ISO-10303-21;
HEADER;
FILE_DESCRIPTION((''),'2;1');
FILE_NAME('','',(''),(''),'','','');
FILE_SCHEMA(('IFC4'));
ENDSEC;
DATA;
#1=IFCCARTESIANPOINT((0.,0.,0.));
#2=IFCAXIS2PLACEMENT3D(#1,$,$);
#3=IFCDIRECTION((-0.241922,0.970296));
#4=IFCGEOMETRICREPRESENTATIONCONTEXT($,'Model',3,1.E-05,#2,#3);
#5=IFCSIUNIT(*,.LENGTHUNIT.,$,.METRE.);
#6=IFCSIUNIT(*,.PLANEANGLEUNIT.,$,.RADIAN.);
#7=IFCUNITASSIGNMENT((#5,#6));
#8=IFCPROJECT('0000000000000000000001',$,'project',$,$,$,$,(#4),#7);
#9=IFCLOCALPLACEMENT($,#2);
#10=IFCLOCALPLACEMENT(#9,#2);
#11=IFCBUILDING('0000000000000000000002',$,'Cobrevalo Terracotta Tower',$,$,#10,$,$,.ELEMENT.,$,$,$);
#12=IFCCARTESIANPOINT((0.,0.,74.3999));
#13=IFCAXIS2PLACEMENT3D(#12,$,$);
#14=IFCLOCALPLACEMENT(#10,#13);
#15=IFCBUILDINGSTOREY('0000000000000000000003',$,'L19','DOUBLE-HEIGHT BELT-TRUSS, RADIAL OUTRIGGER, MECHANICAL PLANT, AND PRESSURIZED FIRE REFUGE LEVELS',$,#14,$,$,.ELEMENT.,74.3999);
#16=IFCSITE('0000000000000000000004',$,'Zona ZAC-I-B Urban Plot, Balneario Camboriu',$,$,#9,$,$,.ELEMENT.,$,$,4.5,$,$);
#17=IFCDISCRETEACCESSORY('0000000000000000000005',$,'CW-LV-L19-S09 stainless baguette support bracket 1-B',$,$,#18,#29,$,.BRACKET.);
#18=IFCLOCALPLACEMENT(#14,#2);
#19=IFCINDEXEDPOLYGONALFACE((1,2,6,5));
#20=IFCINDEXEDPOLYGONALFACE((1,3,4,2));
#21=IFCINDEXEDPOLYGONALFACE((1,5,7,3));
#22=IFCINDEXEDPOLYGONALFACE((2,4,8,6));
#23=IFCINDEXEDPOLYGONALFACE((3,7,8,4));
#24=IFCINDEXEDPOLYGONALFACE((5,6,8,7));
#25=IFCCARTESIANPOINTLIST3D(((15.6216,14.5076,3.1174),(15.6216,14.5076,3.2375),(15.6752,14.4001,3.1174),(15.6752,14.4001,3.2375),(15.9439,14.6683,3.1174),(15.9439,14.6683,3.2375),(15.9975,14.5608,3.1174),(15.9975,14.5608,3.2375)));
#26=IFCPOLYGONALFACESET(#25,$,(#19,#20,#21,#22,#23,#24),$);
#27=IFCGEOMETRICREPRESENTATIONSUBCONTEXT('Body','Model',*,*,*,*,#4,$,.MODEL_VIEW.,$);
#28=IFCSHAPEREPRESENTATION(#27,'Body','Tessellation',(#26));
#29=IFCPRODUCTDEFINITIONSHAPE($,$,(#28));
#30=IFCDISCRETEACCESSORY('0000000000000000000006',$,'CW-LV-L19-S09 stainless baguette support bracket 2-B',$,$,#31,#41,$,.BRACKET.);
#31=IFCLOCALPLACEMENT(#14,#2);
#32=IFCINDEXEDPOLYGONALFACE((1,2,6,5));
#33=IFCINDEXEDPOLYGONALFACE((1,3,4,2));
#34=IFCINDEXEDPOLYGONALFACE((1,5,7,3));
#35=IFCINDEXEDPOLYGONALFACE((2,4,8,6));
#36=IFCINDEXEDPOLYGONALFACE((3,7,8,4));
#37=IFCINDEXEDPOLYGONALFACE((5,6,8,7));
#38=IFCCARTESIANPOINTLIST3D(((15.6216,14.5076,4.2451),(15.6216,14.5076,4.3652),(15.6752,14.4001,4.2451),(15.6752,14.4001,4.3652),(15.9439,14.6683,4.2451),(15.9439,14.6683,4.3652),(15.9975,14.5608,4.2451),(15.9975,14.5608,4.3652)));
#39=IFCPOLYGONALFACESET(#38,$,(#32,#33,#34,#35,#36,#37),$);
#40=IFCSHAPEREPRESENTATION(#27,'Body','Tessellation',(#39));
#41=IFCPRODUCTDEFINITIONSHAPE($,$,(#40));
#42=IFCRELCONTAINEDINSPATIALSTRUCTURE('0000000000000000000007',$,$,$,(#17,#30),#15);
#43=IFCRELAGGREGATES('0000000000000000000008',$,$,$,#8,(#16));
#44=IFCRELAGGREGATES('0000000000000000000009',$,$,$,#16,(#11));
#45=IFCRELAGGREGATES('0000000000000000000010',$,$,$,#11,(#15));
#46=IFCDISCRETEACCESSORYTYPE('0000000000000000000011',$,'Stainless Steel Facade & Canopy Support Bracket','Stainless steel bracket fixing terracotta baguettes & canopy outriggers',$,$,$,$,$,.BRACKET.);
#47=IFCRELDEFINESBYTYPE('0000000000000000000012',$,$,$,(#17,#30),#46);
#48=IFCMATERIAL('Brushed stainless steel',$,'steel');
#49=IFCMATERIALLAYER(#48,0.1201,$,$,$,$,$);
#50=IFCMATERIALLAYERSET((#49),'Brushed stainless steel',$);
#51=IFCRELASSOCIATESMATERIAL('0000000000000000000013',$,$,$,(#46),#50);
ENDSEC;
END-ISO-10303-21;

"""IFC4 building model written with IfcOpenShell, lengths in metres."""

from ifc_helpers import new_model, si_unit, direction, frame, origin, origin_2d, place, context, subcontext, project, spatial, rectangle, extrude, source, transform, mapped, material, layer, layer_set, type_object, element, save


model = new_model("IFC4")

# Units and contexts
model_context = context("Model", 3, precision=1e-05, world=origin(), true_north=direction((-0.241922, 0.970296)))
body_context = subcontext(model_context, "Body", "Model", "MODEL_VIEW")
ifc_project = project(units=[si_unit("LENGTHUNIT", "METRE"), si_unit("PLANEANGLEUNIT", "RADIAN")], contexts=[model_context])

# Site, building, storey
site_placement = place(None, origin())
site = spatial("IfcSite", under=ifc_project, at=site_placement, Name="Zona ZAC-I-B Urban Plot, Balneario Camboriu", CompositionType="ELEMENT", RefElevation=4.5)
building_placement = place(site_placement, origin())
building = spatial("IfcBuilding", under=site, at=building_placement, Name="Cobrevalo Terracotta Tower", CompositionType="ELEMENT")
storey_placement = place(building_placement, frame((0.0, 0.0, 74.3999)))
storey = spatial("IfcBuildingStorey", under=building, at=storey_placement, Name="L19", Description="DOUBLE-HEIGHT BELT-TRUSS, RADIAL OUTRIGGER, MECHANICAL PLANT, AND PRESSURIZED FIRE REFUGE LEVELS", CompositionType="ELEMENT", Elevation=74.3999)

# Discrete accessories
ifc_material_1 = material(Name="Brushed stainless steel", Category="steel")
ifc_layer_1 = layer(ifc_material_1, 0.1201)
ifc_layer_set_1 = layer_set([ifc_layer_1], Name="Brushed stainless steel")
discrete_accessory_type = type_object("IfcDiscreteAccessoryType", Name="Stainless Steel Facade & Canopy Support Bracket", Description="Stainless steel bracket fixing terracotta baguettes & canopy outriggers", PredefinedType="BRACKET", material=ifc_layer_set_1)
shared_shape_1 = source(origin(), body_context, "Body", "SweptSolid", [
    extrude(rectangle(XDim=0.1201, YDim=0.3601, at=origin_2d()), origin(), (0.0, 0.0, 1.0), 0.1201),
])
for number, where, z_axis, x_axis, name in (
    (1, (15.8096, 14.5342, 3.1174), (0.0, 0.0, 1.0), (0.446262, -0.894902, 0.0), "CW-LV-L19-S09 stainless baguette support bracket 1-B"),
    (2, (15.8096, 14.5342, 4.2451), (0.0, 0.0, 1.0), (0.446262, -0.894902, 0.0), "CW-LV-L19-S09 stainless baguette support bracket 2-B"),
):
    element("IfcDiscreteAccessory", number, at=place(storey_placement, frame(where, z_axis=z_axis, x_axis=x_axis)), inside=storey, type_object=discrete_accessory_type, Name=name, PredefinedType="BRACKET", context=body_context, shape_type="MappedRepresentation", body=[
        mapped(shared_shape_1, transform((0.0, 0.0, 0.0), scale=1.0)),
    ])

save(model, "model.ifc")
